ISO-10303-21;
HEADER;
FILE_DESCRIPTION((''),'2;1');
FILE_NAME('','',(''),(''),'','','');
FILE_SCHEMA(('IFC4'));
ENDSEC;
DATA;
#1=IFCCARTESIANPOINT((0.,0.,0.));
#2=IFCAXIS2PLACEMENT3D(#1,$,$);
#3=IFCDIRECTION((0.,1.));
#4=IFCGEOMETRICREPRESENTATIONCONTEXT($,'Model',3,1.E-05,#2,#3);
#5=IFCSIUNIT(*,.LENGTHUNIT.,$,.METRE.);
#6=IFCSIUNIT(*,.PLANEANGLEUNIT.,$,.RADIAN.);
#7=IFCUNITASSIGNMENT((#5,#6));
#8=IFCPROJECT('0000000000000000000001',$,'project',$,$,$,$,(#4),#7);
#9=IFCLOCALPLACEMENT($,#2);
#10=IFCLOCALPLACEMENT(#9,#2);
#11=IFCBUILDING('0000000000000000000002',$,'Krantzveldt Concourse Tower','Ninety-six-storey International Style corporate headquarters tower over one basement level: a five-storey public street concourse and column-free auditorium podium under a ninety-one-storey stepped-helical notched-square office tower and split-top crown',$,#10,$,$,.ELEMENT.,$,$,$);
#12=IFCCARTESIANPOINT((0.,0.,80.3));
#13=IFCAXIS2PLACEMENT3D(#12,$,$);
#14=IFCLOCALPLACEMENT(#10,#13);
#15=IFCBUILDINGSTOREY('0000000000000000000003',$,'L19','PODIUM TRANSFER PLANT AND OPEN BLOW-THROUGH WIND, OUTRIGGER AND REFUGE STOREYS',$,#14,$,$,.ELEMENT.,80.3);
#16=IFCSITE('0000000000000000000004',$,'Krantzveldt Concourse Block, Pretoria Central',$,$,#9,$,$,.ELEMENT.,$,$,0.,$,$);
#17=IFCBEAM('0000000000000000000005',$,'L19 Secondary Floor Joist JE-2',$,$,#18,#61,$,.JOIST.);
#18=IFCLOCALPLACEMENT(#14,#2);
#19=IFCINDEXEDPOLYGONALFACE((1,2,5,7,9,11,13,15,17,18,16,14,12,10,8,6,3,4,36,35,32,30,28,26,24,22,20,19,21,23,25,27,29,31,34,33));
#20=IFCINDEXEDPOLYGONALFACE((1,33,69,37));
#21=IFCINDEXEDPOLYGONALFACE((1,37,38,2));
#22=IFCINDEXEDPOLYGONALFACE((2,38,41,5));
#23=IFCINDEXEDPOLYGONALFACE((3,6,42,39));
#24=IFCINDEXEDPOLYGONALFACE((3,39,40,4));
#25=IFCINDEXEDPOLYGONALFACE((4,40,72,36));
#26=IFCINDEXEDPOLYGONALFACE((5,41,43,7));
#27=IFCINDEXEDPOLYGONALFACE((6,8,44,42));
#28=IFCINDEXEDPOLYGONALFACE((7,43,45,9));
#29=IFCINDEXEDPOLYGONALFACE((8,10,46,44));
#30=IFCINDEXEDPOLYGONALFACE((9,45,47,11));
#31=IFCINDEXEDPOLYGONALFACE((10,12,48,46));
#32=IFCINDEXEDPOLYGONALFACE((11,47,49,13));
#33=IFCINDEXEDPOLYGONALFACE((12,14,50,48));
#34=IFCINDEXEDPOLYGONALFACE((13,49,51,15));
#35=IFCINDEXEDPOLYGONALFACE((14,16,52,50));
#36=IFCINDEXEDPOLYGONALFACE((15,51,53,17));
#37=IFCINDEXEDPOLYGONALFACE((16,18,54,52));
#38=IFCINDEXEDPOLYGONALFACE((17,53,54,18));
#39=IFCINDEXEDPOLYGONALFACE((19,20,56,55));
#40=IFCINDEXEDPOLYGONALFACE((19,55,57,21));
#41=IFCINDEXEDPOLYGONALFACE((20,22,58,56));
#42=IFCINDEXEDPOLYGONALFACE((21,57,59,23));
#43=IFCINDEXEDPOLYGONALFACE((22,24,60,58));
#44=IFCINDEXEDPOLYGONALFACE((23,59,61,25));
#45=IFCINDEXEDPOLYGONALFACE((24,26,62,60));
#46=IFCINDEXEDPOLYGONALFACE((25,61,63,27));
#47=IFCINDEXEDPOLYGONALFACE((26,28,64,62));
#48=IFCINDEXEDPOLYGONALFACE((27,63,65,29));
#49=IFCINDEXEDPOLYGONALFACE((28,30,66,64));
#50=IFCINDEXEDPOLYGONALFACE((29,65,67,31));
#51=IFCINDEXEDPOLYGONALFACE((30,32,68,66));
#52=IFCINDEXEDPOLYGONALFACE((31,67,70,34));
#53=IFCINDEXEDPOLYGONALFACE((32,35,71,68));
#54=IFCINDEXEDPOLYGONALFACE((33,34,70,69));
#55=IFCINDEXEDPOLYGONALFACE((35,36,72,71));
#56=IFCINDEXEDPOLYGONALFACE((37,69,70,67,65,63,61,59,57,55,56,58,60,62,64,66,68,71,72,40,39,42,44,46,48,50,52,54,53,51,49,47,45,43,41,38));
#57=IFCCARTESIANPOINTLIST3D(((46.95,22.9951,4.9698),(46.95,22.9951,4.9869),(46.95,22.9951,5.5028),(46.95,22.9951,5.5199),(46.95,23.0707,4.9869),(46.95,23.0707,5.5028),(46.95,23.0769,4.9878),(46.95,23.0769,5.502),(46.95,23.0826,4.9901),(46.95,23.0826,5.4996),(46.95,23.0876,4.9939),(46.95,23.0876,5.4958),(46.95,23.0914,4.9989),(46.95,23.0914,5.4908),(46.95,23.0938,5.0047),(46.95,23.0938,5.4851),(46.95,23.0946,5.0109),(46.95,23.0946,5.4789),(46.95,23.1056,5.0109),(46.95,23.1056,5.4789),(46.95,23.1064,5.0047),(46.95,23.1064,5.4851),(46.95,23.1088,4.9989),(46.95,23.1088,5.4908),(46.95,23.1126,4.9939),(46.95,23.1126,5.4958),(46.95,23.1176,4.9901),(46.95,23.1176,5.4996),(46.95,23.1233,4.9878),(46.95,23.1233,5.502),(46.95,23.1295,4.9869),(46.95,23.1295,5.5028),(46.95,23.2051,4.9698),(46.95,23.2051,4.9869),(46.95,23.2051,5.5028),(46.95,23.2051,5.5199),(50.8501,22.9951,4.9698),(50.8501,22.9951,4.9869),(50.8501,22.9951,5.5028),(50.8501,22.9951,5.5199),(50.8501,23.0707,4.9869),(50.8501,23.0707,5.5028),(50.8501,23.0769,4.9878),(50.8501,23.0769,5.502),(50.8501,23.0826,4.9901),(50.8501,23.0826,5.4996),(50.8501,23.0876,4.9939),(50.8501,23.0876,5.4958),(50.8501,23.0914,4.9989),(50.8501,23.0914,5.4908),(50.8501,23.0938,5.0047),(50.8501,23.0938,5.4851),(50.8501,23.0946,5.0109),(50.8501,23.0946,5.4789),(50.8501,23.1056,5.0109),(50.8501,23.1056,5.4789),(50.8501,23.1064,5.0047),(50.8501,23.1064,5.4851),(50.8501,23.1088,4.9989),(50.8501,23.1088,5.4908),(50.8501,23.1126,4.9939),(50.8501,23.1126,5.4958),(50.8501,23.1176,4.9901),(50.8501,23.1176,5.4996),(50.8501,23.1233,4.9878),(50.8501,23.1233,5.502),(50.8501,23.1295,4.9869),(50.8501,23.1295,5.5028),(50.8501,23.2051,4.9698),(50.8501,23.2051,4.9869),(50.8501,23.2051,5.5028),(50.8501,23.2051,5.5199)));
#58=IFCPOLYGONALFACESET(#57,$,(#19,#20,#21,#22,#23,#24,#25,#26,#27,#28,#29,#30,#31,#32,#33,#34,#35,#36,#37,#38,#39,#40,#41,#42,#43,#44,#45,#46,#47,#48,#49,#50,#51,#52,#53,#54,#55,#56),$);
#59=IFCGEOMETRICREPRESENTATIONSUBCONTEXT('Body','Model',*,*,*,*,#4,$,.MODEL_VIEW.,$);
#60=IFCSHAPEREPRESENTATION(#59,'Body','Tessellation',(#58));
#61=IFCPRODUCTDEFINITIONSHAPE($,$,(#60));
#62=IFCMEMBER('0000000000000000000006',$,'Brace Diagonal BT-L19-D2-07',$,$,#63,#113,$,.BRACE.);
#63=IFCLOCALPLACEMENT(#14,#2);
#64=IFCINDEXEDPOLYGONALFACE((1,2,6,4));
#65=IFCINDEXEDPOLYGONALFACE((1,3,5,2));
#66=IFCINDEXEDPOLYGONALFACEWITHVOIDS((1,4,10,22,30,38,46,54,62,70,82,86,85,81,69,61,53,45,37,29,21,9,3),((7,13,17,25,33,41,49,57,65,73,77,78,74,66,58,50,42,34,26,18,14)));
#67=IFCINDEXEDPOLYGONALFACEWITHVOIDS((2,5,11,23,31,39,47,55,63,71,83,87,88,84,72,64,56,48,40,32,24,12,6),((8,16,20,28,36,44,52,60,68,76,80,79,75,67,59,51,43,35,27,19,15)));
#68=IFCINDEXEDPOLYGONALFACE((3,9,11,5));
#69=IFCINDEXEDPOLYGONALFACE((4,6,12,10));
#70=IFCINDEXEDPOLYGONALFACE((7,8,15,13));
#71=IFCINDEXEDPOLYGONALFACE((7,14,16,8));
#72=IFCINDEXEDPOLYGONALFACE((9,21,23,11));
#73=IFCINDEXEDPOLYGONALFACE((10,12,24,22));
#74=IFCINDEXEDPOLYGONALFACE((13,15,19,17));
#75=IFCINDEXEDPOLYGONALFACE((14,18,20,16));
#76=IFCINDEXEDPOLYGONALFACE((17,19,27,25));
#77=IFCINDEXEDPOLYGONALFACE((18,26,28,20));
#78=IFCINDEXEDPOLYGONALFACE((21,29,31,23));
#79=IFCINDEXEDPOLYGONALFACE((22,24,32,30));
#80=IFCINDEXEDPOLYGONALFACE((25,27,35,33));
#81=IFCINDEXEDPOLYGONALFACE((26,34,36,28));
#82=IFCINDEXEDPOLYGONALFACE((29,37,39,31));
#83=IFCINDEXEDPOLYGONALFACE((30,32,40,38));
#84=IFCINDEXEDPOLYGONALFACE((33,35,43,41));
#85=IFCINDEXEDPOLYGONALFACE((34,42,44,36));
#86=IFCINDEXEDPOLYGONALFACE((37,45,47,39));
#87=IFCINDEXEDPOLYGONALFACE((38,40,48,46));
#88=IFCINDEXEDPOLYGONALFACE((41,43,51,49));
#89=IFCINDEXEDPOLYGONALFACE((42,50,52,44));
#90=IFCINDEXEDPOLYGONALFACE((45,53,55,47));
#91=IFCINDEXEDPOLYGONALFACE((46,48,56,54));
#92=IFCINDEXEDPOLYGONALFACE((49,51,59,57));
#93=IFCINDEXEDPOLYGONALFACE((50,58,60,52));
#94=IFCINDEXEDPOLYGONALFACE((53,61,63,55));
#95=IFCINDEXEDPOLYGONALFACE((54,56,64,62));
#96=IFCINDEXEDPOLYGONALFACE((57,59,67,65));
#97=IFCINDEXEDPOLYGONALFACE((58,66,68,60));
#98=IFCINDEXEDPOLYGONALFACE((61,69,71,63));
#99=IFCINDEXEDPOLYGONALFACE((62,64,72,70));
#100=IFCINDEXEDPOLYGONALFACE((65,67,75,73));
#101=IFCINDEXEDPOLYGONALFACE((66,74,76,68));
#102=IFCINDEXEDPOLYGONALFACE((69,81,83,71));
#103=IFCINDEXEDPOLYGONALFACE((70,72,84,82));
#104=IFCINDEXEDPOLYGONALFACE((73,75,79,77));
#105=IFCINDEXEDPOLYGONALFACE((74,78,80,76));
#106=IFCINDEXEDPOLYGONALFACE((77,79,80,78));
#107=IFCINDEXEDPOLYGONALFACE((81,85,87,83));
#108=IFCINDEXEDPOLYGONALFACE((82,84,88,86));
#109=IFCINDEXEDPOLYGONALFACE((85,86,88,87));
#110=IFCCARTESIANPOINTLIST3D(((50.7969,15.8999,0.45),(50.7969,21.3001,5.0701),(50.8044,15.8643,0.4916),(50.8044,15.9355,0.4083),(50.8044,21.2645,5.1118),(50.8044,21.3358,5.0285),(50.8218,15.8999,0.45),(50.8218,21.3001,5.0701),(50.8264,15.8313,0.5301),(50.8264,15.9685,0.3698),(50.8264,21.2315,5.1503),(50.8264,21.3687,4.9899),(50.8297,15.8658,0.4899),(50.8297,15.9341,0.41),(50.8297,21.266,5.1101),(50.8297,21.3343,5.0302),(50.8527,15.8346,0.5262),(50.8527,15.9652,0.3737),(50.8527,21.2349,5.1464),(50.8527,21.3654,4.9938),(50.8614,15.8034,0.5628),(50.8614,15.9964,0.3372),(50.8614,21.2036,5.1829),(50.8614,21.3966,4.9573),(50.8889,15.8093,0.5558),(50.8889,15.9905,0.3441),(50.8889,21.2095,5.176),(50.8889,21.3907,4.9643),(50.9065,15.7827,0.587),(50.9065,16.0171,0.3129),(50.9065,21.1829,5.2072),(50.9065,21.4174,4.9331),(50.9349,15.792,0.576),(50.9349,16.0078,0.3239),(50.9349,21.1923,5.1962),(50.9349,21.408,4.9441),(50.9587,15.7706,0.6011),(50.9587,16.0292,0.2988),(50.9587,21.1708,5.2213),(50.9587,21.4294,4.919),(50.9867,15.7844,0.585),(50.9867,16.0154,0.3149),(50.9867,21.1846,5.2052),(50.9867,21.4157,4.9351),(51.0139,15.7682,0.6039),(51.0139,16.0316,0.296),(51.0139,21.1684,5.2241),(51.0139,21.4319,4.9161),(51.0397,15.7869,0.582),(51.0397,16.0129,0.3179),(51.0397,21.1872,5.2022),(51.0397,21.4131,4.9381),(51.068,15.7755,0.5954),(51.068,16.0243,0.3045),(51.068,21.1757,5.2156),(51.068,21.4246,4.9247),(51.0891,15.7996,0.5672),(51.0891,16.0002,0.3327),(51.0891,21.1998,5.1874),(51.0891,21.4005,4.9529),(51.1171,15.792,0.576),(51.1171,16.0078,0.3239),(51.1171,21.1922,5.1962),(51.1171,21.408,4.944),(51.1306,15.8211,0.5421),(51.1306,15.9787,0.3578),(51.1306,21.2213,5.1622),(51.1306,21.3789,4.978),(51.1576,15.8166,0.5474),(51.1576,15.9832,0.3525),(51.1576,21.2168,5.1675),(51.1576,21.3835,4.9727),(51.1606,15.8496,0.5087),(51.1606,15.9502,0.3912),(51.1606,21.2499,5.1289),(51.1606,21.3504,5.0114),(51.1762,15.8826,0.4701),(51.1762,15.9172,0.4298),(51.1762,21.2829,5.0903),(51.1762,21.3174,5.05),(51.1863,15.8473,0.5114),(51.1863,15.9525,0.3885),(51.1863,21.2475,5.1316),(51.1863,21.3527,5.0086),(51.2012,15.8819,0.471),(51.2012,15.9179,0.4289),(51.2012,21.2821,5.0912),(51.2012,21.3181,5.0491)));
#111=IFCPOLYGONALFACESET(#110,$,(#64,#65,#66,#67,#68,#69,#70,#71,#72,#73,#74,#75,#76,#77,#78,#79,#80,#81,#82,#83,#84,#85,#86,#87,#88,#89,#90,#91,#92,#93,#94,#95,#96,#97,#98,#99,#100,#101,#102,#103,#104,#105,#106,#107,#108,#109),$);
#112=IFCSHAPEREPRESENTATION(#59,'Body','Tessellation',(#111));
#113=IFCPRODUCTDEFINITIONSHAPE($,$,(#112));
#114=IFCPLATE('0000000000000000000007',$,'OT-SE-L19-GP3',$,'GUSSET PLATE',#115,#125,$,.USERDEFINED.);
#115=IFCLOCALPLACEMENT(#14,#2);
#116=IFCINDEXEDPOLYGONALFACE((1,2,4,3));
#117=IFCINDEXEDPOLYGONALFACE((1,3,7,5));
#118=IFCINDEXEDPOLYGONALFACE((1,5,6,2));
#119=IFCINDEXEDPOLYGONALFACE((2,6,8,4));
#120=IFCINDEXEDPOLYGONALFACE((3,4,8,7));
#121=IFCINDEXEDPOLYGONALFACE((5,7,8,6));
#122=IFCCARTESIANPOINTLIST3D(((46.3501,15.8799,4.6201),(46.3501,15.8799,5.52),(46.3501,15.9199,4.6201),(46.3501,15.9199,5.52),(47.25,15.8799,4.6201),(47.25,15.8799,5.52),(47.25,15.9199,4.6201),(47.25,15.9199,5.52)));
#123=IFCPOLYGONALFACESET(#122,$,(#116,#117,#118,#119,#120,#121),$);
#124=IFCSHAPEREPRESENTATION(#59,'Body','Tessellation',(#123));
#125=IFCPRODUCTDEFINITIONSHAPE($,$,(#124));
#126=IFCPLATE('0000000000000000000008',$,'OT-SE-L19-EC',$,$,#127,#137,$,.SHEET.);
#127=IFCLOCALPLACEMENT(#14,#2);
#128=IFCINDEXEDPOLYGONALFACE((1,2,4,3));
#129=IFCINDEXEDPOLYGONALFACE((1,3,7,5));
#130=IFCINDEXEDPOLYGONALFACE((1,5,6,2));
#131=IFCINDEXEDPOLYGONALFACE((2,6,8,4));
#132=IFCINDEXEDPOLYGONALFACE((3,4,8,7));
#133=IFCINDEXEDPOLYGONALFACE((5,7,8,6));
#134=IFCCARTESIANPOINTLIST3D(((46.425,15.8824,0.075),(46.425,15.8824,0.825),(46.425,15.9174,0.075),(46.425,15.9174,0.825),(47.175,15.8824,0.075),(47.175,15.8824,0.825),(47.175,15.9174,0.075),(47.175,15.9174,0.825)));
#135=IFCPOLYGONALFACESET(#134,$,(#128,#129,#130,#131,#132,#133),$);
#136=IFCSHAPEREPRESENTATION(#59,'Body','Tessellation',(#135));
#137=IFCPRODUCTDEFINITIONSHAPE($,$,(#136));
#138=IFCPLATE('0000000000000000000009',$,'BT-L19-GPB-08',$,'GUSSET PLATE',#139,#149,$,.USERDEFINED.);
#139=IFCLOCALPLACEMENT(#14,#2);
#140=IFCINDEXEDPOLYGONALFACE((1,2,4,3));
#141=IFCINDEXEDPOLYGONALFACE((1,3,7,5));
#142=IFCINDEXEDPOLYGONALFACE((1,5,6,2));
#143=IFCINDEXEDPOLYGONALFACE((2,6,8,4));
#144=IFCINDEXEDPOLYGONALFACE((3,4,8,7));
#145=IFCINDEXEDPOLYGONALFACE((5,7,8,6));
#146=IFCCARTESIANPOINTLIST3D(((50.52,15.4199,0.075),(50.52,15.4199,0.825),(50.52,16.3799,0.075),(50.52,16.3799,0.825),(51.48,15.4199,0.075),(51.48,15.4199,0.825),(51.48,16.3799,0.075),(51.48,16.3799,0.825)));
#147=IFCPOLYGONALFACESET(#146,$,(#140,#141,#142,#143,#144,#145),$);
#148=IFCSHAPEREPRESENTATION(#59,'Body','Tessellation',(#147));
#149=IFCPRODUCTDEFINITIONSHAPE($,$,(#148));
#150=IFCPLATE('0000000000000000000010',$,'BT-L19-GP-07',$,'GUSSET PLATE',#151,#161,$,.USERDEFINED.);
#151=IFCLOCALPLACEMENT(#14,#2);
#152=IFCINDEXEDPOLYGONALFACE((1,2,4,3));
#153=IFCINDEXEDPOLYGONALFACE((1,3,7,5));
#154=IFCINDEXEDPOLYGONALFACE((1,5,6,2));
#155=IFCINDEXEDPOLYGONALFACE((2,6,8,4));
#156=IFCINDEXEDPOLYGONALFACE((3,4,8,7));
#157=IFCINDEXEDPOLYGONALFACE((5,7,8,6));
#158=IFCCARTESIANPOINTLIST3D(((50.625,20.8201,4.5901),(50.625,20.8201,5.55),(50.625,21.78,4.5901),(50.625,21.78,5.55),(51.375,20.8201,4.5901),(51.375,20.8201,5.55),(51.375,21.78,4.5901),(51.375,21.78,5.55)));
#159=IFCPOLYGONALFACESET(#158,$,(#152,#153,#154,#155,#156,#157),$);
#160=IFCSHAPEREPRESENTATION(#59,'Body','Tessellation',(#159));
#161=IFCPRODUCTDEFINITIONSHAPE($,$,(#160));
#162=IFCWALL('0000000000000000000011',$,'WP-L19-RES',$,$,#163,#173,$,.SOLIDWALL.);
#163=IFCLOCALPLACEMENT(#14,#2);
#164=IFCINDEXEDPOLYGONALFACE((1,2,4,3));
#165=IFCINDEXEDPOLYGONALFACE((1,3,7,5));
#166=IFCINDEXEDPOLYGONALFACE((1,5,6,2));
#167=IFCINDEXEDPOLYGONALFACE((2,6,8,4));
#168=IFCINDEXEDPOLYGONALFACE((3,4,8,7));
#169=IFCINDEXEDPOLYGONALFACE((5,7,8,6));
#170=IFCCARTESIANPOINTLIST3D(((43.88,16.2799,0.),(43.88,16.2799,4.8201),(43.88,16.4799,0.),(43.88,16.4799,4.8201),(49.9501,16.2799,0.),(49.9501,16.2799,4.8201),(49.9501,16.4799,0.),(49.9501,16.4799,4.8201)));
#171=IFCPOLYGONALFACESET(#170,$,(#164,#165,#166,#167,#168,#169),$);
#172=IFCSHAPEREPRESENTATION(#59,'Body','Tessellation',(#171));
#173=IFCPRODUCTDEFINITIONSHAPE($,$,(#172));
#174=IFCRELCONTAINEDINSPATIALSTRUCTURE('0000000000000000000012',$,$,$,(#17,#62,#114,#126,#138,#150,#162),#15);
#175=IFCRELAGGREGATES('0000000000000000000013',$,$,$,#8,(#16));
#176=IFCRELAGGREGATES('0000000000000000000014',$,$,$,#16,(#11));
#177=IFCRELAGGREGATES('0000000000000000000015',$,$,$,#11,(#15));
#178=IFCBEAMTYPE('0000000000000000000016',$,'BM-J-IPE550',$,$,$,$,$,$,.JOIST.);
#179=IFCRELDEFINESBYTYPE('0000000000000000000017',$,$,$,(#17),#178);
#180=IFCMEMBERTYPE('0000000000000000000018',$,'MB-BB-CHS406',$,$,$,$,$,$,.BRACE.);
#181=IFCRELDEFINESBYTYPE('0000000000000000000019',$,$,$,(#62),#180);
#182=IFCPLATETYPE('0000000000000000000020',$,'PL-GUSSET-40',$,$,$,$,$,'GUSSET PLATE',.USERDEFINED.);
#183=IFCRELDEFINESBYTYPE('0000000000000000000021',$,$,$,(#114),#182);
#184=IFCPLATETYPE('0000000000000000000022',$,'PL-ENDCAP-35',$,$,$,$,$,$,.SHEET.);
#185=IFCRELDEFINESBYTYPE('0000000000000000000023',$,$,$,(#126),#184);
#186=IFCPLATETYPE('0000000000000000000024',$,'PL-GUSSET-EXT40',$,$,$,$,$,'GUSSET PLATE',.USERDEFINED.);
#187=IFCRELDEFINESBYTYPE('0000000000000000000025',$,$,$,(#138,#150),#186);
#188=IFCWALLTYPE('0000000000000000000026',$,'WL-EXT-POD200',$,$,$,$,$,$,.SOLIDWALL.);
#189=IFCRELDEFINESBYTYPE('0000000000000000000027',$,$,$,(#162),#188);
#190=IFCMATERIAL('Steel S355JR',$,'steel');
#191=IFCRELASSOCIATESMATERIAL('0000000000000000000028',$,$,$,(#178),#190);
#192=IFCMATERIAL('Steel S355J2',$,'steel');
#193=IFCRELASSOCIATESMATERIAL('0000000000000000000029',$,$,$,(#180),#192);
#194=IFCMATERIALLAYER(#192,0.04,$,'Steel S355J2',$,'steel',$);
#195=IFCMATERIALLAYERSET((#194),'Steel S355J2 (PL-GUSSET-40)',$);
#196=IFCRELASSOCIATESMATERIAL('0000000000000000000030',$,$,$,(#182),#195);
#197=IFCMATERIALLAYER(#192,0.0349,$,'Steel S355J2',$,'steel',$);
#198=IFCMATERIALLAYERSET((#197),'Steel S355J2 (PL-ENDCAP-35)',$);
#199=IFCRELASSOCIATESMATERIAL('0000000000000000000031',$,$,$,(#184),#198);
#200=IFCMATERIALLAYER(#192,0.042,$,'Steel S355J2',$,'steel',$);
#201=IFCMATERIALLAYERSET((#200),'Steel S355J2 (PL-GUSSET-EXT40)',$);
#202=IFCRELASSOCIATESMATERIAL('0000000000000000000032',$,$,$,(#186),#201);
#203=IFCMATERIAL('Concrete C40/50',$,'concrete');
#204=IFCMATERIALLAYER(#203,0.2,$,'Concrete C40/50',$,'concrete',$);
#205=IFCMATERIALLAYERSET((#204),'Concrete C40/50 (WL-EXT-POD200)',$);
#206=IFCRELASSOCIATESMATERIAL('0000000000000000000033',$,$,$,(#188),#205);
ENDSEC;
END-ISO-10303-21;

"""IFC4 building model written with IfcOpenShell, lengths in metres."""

from ifc_helpers import new_model, si_unit, direction, frame, frame_2d, origin, origin_2d, place, context, subcontext, project, spatial, rectangle, hollow_circle, i_section, extrude, source, transform, mapped, material, layer, layer_set, material_profile, profile_set, type_object, type_shapes, element, save


model = new_model("IFC4")

# Units and contexts
model_context = context("Model", 3, precision=1e-05, world=origin(), true_north=direction((0.0, 1.0)))
body_context = subcontext(model_context, "Body", "Model", "MODEL_VIEW")
ifc_project = project(units=[si_unit("LENGTHUNIT", "METRE"), si_unit("PLANEANGLEUNIT", "RADIAN")], contexts=[model_context])

# Site, building, storey
site_placement = place(None, origin())
site = spatial("IfcSite", under=ifc_project, at=site_placement, Name="Krantzveldt Concourse Block, Pretoria Central", CompositionType="ELEMENT", RefElevation=0.0)
building_placement = place(site_placement, origin())
building = spatial("IfcBuilding", under=site, at=building_placement, Name="Krantzveldt Concourse Tower", Description="Ninety-six-storey International Style corporate headquarters tower over one basement level: a five-storey public street concourse and column-free auditorium podium under a ninety-one-storey stepped-helical notched-square office tower and split-top crown", CompositionType="ELEMENT")
storey_placement = place(building_placement, frame((0.0, 0.0, 80.3)))
storey = spatial("IfcBuildingStorey", under=building, at=storey_placement, Name="L19", Description="PODIUM TRANSFER PLANT AND OPEN BLOW-THROUGH WIND, OUTRIGGER AND REFUGE STOREYS", CompositionType="ELEMENT", Elevation=80.3)

# Beam
ifc_material_1 = material(Name="Steel S355JR", Category="steel")
ifc_material_profile_1 = material_profile(ifc_material_1, i_section(OverallWidth=0.21, OverallDepth=0.55, WebThickness=0.011, FlangeThickness=0.0171, FilletRadius=0.0239, at=origin_2d()), Name="Steel S355JR", Category="steel")
ifc_profile_set_1 = profile_set([ifc_material_profile_1], Name="Steel S355JR - IPE 550")
beam_type_1 = type_object("IfcBeamType", Name="BM-J-IPE550", PredefinedType="JOIST", material=ifc_profile_set_1)
shared_shape_1 = source(origin(), body_context, "Body", "SweptSolid", [
    extrude(i_section(OverallWidth=0.21, OverallDepth=0.55, WebThickness=0.011, FlangeThickness=0.0171, FilletRadius=0.0239, at=origin_2d()), origin(), (0.0, 0.0, 1.0), 3.9001),
])
type_shapes(beam_type_1, [shared_shape_1])
for number, where, z_axis, x_axis, name in (
    (1, (46.95, 23.1001, 5.2449), (1.0, 0.0, 0.0), (0.0, 1.0, 0.0), "L19 Secondary Floor Joist JE-2"),
):
    element("IfcBeam", number, at=place(storey_placement, frame(where, z_axis=z_axis, x_axis=x_axis)), inside=storey, type_object=beam_type_1, Name=name, PredefinedType="JOIST", context=body_context, shape_type="MappedRepresentation", body=[
        mapped(shared_shape_1, transform((0.0, 0.0, 0.0), x_axis=(1.0, 0.0, 0.0), y_axis=(0.0, 1.0, 0.0), z_axis=(0.0, 0.0, 1.0), scale=1.0)),
    ])

# Member
ifc_material_2 = material(Name="Steel S355J2", Category="steel")
ifc_material_profile_2 = material_profile(ifc_material_2, hollow_circle(Radius=0.2031, WallThickness=0.0249, at=origin_2d()), Name="Steel S355J2", Category="steel")
ifc_profile_set_2 = profile_set([ifc_material_profile_2], Name="Steel S355J2 - CHS 406.4x25")
member_type = type_object("IfcMemberType", Name="MB-BB-CHS406", PredefinedType="BRACE", material=ifc_profile_set_2)
shared_shape_2 = source(origin(), body_context, "Body", "SweptSolid", [
    extrude(hollow_circle(Radius=0.2031, WallThickness=0.0249, at=origin_2d()), origin(), (0.0, 0.0, 1.0), 7.1069),
])
type_shapes(member_type, [shared_shape_2])
member_placement = place(storey_placement, frame((51.0, 15.8999, 0.45), z_axis=(0.0, 0.759853, 0.650095), x_axis=(-1.0, 0.0, 0.0)))
element("IfcMember", 2, at=member_placement, inside=storey, type_object=member_type, Name="Brace Diagonal BT-L19-D2-07", PredefinedType="BRACE", context=body_context, shape_type="MappedRepresentation", body=[
    mapped(shared_shape_2, transform((0.0, 0.0, 0.0), x_axis=(1.0, 0.0, 0.0), y_axis=(0.0, 1.0, 0.0), z_axis=(0.0, 0.0, 1.0), scale=1.0)),
])

# Plates
ifc_layer_1 = layer(ifc_material_2, 0.04, Name="Steel S355J2", Category="steel")
ifc_layer_set_1 = layer_set([ifc_layer_1], Name="Steel S355J2 (PL-GUSSET-40)")
plate_type_1 = type_object("IfcPlateType", Name="PL-GUSSET-40", ElementType="GUSSET PLATE", PredefinedType="USERDEFINED", material=ifc_layer_set_1)
shared_shape_3 = source(origin(), body_context, "Body", "SweptSolid", [
    extrude(rectangle(XDim=0.8999, YDim=0.04, at=origin_2d()), origin(), (0.0, 0.0, 1.0), 0.8999),
])
type_shapes(plate_type_1, [shared_shape_3])
plate_1_placement = place(storey_placement, frame((46.8, 15.8999, 4.6201), z_axis=(0.0, 0.0, 1.0), x_axis=(1.0, 0.0, 0.0)))
element("IfcPlate", 3, at=plate_1_placement, inside=storey, type_object=plate_type_1, Name="OT-SE-L19-GP3", ObjectType="GUSSET PLATE", PredefinedType="USERDEFINED", context=body_context, shape_type="MappedRepresentation", body=[
    mapped(shared_shape_3, transform((0.0, 0.0, 0.0), x_axis=(1.0, 0.0, 0.0), y_axis=(0.0, 1.0, 0.0), z_axis=(0.0, 0.0, 1.0), scale=1.0)),
])
ifc_layer_2 = layer(ifc_material_2, 0.0349, Name="Steel S355J2", Category="steel")
ifc_layer_set_2 = layer_set([ifc_layer_2], Name="Steel S355J2 (PL-ENDCAP-35)")
plate_type_2 = type_object("IfcPlateType", Name="PL-ENDCAP-35", PredefinedType="SHEET", material=ifc_layer_set_2)
shared_shape_4 = source(origin(), body_context, "Body", "SweptSolid", [
    extrude(rectangle(XDim=0.75, YDim=0.0349, at=origin_2d()), origin(), (0.0, 0.0, 1.0), 0.75),
])
type_shapes(plate_type_2, [shared_shape_4])
plate_2_placement = place(storey_placement, frame((46.8, 15.8999, 0.075), z_axis=(0.0, 0.0, 1.0), x_axis=(1.0, 0.0, 0.0)))
element("IfcPlate", 4, at=plate_2_placement, inside=storey, type_object=plate_type_2, Name="OT-SE-L19-EC", PredefinedType="SHEET", context=body_context, shape_type="MappedRepresentation", body=[
    mapped(shared_shape_4, transform((0.0, 0.0, 0.0), x_axis=(1.0, 0.0, 0.0), y_axis=(0.0, 1.0, 0.0), z_axis=(0.0, 0.0, 1.0), scale=1.0)),
])
ifc_layer_3 = layer(ifc_material_2, 0.042, Name="Steel S355J2", Category="steel")
ifc_layer_set_3 = layer_set([ifc_layer_3], Name="Steel S355J2 (PL-GUSSET-EXT40)")
plate_type_3 = type_object("IfcPlateType", Name="PL-GUSSET-EXT40", ElementType="GUSSET PLATE", PredefinedType="USERDEFINED", material=ifc_layer_set_3)
shared_shape_5 = source(origin(), body_context, "Body", "SweptSolid", [
    extrude(rectangle(XDim=0.96, YDim=0.96, at=origin_2d()), origin(), (0.0, 0.0, 1.0), 0.75),
])
plate_3_placement = place(storey_placement, frame((51.0, 15.8999, 0.075), z_axis=(0.0, 0.0, 1.0), x_axis=(1.0, 0.0, 0.0)))
element("IfcPlate", 5, at=plate_3_placement, inside=storey, type_object=plate_type_3, Name="BT-L19-GPB-08", ObjectType="GUSSET PLATE", PredefinedType="USERDEFINED", context=body_context, shape_type="MappedRepresentation", body=[
    mapped(shared_shape_5, transform((0.0, 0.0, 0.0), x_axis=(1.0, 0.0, 0.0), y_axis=(0.0, 1.0, 0.0), z_axis=(0.0, 0.0, 1.0), scale=1.0)),
])
shared_shape_6 = source(origin(), body_context, "Body", "SweptSolid", [
    extrude(rectangle(XDim=0.96, YDim=0.75, at=origin_2d()), origin(), (0.0, 0.0, 1.0), 0.96),
])
type_shapes(plate_type_3, [shared_shape_5, shared_shape_6])
plate_4_placement = place(storey_placement, frame((51.0, 21.3, 4.5901), z_axis=(0.0, 0.0, 1.0), x_axis=(0.0, 1.0, 0.0)))
element("IfcPlate", 6, at=plate_4_placement, inside=storey, type_object=plate_type_3, Name="BT-L19-GP-07", ObjectType="GUSSET PLATE", PredefinedType="USERDEFINED", context=body_context, shape_type="MappedRepresentation", body=[
    mapped(shared_shape_6, transform((0.0, 0.0, 0.0), x_axis=(1.0, 0.0, 0.0), y_axis=(0.0, 1.0, 0.0), z_axis=(0.0, 0.0, 1.0), scale=1.0)),
])

# Wall
ifc_material_3 = material(Name="Concrete C40/50", Category="concrete")
ifc_layer_4 = layer(ifc_material_3, 0.2, Name="Concrete C40/50", Category="concrete")
ifc_layer_set_4 = layer_set([ifc_layer_4], Name="Concrete C40/50 (WL-EXT-POD200)")
wall_type_1 = type_object("IfcWallType", Name="WL-EXT-POD200", PredefinedType="SOLIDWALL", material=ifc_layer_set_4)
wall_1_placement = place(storey_placement, frame((43.8799, 16.3799, 0.0), z_axis=(0.0, 0.0, 1.0), x_axis=(1.0, 0.0, 0.0)))
element("IfcWall", 7, at=wall_1_placement, inside=storey, type_object=wall_type_1, Name="WP-L19-RES", PredefinedType="SOLIDWALL", context=body_context, shape_type="SweptSolid", body=[
    extrude(rectangle(XDim=6.0701, YDim=0.2, at=frame_2d((3.0352, 0.0))), origin(), (0.0, 0.0, 1.0), 4.8201),
])

save(model, "model.ifc")
